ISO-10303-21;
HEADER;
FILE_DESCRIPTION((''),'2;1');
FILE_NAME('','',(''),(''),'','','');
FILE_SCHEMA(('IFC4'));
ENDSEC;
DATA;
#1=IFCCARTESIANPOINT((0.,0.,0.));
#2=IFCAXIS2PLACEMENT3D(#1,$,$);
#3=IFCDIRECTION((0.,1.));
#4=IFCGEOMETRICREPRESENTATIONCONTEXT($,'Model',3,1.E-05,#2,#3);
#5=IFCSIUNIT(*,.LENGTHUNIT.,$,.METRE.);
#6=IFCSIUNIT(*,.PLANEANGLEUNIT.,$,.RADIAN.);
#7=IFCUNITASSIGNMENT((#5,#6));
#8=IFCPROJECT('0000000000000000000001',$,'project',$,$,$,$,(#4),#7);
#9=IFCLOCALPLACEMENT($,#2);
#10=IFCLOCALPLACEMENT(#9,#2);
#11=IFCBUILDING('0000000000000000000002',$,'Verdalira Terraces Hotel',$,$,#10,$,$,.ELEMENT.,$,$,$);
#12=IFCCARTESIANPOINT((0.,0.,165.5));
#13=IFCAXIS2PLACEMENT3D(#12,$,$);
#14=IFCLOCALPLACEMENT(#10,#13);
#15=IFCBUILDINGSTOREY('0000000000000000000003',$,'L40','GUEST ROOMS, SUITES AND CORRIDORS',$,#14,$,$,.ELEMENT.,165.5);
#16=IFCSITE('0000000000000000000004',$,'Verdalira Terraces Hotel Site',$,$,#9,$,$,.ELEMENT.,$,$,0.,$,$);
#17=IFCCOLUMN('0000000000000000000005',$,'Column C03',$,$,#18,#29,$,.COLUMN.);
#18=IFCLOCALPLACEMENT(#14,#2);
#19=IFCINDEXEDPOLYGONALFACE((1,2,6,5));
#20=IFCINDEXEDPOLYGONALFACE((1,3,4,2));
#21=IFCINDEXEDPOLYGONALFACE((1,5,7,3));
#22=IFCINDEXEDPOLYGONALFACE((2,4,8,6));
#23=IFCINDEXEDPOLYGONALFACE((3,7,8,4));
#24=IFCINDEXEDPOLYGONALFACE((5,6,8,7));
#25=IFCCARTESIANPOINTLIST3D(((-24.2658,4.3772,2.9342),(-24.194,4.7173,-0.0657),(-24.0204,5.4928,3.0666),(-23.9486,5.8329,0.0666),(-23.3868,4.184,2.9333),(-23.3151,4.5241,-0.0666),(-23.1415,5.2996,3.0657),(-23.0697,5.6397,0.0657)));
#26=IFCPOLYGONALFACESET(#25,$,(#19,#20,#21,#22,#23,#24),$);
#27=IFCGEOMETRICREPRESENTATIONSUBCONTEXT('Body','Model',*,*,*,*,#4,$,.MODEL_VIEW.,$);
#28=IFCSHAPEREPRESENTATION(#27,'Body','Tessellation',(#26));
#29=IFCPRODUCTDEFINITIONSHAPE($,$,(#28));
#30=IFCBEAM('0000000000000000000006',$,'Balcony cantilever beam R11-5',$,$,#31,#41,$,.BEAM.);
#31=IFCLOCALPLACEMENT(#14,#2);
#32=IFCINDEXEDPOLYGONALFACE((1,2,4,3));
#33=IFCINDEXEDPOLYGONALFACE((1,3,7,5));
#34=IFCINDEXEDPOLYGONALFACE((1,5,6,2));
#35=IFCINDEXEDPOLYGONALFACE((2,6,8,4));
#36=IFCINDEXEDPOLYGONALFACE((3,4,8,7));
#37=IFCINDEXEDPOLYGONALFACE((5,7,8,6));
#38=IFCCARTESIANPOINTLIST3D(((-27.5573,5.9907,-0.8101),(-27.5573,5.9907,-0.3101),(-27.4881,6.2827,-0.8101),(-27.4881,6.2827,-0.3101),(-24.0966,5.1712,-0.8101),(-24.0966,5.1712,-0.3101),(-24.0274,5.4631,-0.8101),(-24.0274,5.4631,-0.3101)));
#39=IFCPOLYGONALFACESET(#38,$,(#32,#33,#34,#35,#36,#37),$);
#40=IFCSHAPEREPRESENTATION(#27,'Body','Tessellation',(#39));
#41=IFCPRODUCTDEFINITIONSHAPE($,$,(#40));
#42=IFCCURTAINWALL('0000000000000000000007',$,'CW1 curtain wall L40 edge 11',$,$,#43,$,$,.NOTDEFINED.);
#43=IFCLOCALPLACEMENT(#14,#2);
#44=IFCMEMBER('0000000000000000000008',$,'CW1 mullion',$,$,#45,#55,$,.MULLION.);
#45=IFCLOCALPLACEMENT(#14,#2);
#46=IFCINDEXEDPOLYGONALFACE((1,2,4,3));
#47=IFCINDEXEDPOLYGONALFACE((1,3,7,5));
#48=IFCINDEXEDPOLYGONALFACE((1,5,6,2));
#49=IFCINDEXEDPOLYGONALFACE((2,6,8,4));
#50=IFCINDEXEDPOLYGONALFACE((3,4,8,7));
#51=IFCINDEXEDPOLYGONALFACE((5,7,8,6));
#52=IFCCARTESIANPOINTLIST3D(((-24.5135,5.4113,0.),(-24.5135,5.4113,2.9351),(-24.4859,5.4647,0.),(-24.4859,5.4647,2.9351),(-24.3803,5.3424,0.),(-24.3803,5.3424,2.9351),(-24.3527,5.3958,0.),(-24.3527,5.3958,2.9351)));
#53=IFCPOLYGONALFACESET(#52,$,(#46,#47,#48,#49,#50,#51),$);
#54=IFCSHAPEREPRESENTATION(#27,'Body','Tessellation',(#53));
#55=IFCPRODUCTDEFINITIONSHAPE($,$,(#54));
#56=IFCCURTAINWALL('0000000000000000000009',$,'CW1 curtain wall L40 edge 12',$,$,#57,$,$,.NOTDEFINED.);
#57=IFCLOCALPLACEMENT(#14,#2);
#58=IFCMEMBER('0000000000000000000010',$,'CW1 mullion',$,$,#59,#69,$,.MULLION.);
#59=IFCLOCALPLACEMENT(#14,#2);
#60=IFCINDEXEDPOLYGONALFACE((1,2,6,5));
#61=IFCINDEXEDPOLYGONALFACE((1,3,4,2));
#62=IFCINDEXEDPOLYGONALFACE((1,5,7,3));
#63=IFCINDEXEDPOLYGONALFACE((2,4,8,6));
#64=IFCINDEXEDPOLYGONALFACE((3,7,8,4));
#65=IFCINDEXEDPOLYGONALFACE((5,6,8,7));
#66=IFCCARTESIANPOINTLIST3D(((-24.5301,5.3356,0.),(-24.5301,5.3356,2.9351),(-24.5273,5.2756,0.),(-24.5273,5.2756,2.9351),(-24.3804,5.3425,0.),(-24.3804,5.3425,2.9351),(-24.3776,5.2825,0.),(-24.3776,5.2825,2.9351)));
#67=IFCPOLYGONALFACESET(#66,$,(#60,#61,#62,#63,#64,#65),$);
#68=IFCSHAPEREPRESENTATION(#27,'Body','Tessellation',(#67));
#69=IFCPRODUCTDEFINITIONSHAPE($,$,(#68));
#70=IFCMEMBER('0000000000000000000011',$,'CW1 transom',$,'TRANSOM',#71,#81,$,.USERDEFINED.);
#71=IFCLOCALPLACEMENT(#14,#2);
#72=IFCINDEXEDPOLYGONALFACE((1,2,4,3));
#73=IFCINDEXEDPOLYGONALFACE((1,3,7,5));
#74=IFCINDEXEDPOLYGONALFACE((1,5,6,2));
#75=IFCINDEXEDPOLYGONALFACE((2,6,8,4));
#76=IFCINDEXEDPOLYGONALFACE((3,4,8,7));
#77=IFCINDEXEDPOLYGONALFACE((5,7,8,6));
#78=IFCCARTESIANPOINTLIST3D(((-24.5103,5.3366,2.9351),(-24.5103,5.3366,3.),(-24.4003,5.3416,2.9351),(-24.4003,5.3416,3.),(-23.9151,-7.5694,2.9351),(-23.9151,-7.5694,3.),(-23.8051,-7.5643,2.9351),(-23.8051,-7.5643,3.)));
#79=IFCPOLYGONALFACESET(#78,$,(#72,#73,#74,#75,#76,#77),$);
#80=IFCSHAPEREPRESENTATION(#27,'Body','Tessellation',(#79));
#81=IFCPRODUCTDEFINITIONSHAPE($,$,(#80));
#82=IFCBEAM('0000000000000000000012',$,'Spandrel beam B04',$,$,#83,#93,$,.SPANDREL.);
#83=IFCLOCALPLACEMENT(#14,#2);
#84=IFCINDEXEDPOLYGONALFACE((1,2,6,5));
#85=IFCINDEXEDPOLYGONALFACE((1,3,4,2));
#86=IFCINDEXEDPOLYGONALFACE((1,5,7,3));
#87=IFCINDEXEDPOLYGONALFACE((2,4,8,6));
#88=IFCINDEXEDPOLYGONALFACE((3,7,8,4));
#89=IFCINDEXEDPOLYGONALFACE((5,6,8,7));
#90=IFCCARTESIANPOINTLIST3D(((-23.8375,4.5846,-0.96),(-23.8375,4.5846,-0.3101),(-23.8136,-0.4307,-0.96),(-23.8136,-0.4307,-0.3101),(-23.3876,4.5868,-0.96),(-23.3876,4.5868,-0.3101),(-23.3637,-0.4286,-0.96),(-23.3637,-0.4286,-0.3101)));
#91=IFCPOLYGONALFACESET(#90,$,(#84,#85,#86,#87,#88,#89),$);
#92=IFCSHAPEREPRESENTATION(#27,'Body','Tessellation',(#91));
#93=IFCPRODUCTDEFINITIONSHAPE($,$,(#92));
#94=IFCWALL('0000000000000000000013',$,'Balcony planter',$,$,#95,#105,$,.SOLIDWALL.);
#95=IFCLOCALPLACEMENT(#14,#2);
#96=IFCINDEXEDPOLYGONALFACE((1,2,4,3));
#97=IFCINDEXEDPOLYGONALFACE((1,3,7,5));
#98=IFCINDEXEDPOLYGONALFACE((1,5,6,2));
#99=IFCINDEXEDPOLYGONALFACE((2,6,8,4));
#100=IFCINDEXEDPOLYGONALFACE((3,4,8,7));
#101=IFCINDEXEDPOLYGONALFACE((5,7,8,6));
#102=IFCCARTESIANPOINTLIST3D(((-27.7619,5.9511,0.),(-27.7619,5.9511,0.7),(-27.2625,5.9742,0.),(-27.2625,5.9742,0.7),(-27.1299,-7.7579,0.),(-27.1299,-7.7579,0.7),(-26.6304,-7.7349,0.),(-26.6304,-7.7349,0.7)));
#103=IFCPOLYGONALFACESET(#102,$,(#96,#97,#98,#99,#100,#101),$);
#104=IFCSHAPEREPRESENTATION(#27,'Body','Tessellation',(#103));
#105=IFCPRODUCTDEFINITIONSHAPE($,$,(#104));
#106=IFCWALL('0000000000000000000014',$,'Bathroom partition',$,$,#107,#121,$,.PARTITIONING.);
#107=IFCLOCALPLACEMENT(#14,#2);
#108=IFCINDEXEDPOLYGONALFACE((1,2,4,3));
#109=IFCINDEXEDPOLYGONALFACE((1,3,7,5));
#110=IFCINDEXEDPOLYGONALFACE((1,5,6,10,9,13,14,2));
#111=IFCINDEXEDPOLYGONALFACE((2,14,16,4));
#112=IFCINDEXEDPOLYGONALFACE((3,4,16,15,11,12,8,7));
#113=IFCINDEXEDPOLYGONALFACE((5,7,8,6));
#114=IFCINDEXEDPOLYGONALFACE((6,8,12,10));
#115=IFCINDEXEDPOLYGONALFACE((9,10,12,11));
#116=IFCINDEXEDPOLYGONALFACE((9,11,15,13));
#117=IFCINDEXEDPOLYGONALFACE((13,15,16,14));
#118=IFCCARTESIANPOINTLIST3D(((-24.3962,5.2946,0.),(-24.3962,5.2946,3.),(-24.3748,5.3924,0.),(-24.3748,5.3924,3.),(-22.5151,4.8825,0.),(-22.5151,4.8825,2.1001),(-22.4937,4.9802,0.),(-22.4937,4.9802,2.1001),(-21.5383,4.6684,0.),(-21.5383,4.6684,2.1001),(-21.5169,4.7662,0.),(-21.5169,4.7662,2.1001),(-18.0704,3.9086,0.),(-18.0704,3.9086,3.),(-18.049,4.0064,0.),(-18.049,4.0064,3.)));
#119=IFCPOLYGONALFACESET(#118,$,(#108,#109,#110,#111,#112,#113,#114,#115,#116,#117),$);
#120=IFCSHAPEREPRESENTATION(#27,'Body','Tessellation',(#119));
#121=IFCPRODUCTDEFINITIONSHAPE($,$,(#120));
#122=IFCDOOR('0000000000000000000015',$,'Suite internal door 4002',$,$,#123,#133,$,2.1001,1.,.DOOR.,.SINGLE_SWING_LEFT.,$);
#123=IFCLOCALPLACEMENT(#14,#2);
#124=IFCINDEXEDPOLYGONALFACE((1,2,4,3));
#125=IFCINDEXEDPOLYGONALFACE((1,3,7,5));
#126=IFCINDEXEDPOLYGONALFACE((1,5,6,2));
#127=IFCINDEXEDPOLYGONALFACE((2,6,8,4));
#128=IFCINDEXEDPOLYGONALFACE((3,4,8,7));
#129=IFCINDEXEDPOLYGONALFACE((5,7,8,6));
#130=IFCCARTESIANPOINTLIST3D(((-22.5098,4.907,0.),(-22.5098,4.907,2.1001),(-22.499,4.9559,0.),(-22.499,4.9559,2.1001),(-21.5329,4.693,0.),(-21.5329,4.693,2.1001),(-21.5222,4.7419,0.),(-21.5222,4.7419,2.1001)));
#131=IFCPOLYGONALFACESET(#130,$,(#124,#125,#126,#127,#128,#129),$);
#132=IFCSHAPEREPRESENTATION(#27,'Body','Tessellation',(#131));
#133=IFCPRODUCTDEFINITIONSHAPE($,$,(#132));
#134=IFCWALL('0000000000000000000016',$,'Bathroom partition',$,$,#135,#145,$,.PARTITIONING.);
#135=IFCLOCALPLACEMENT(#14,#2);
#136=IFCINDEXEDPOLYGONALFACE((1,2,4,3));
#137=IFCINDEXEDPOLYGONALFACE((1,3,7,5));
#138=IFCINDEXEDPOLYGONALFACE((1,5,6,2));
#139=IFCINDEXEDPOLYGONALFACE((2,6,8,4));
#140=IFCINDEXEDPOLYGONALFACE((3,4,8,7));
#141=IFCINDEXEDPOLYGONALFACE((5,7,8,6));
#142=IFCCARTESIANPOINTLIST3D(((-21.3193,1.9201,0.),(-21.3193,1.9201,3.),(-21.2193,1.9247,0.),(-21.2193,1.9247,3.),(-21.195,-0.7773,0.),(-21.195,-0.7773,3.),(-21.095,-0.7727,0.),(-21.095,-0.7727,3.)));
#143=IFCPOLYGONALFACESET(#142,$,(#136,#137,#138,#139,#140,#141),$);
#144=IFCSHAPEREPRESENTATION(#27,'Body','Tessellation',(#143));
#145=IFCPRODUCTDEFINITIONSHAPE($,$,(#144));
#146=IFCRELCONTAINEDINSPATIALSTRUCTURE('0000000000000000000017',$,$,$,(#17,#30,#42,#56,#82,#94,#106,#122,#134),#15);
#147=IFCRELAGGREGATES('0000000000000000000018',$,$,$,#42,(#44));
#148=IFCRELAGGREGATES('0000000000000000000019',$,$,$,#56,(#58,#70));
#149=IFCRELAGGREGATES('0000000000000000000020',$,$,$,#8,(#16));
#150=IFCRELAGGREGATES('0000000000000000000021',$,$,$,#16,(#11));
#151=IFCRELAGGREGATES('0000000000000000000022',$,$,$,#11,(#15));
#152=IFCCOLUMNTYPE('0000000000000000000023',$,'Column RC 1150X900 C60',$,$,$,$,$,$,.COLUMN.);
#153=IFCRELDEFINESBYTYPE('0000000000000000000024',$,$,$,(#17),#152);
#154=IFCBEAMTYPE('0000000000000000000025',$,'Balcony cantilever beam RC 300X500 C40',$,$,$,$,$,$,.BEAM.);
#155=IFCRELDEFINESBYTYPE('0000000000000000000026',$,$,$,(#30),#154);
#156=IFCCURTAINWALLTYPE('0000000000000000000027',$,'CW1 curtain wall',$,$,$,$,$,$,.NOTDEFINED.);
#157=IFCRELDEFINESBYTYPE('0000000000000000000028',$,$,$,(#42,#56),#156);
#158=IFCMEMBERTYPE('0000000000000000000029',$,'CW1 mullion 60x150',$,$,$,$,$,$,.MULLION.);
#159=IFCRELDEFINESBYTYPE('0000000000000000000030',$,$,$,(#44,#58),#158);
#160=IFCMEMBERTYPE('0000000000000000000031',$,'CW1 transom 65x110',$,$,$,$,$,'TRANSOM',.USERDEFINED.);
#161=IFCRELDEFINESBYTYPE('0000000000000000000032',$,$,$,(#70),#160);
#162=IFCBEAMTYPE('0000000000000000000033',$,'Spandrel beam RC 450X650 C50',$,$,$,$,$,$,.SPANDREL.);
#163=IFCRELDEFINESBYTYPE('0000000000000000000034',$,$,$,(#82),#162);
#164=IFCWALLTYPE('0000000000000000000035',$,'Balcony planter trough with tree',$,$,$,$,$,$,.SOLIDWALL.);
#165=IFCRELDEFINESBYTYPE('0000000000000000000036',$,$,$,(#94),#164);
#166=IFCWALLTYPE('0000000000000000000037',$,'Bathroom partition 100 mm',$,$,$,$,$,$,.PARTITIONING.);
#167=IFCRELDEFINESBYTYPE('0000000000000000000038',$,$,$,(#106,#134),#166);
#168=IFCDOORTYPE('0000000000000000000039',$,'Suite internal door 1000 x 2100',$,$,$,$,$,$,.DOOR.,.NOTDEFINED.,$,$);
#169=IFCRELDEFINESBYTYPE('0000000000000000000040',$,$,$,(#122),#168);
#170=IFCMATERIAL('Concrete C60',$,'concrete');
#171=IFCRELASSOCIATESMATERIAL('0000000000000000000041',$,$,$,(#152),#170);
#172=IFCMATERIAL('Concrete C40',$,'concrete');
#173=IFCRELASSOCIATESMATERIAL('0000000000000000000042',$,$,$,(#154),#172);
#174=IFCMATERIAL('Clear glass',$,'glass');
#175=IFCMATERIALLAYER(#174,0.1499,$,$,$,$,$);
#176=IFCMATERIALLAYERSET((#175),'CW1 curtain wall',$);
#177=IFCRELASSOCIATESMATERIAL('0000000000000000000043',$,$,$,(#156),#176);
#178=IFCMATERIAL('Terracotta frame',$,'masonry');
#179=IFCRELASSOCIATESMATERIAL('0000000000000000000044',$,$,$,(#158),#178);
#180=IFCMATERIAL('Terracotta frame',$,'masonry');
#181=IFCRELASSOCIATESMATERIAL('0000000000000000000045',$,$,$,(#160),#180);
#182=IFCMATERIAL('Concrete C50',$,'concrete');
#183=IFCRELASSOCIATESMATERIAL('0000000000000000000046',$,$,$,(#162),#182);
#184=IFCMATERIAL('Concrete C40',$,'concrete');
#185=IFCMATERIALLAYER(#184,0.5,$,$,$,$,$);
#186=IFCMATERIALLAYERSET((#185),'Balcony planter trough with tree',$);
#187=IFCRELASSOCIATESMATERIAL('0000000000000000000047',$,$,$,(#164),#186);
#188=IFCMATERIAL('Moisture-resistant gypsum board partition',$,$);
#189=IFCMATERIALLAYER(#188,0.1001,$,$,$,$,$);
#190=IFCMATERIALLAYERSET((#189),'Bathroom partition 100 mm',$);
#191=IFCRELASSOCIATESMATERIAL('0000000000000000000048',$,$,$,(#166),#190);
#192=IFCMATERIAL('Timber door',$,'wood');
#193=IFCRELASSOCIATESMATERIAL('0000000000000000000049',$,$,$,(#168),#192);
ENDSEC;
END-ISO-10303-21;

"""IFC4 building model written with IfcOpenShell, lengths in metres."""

from ifc_helpers import new_model, si_unit, direction, frame, frame_2d, origin, origin_2d, place, context, subcontext, project, spatial, rectangle, extrude, material, layer, layer_set, material_profile, profile_set, type_object, element, fill, aggregate, save


model = new_model("IFC4")

# Units and contexts
model_context = context("Model", 3, precision=1e-05, world=origin(), true_north=direction((0.0, 1.0)))
body_context = subcontext(model_context, "Body", "Model", "MODEL_VIEW")
ifc_project = project(units=[si_unit("LENGTHUNIT", "METRE"), si_unit("PLANEANGLEUNIT", "RADIAN")], contexts=[model_context])

# Site, building, storey
site_placement = place(None, origin())
site = spatial("IfcSite", under=ifc_project, at=site_placement, Name="Verdalira Terraces Hotel Site", CompositionType="ELEMENT", RefElevation=0.0)
building_placement = place(site_placement, origin())
building = spatial("IfcBuilding", under=site, at=building_placement, Name="Verdalira Terraces Hotel", CompositionType="ELEMENT")
storey_placement = place(building_placement, frame((0.0, 0.0, 165.5)))
storey = spatial("IfcBuildingStorey", under=building, at=storey_placement, Name="L40", Description="GUEST ROOMS, SUITES AND CORRIDORS", CompositionType="ELEMENT", Elevation=165.5)

# Column
ifc_material_1 = material(Name="Concrete C60", Category="concrete")
ifc_material_profile_1 = material_profile(ifc_material_1, rectangle(XDim=1.1499, YDim=0.8999, at=origin_2d()), Name="RC 1150X900")
ifc_profile_set_1 = profile_set([ifc_material_profile_1], Name="Concrete C60")
column_type = type_object("IfcColumnType", Name="Column RC 1150X900 C60", PredefinedType="COLUMN", material=ifc_profile_set_1)
column_placement = place(storey_placement, frame((-23.6318, 5.1785, 0.0), z_axis=(-0.023767, -0.112609, 0.993355), x_axis=(0.213378, 0.970168, 0.115086)))
element("IfcColumn", 1, at=column_placement, inside=storey, type_object=column_type, Name="Column C03", PredefinedType="COLUMN", context=body_context, shape_type="SweptSolid", body=[
    extrude(rectangle(XDim=1.1499, YDim=0.8999, at=origin_2d()), origin(), (0.0, 0.0, 1.0), 3.02),
])

# Beam
ifc_material_2 = material(Name="Concrete C40", Category="concrete")
ifc_material_profile_2 = material_profile(ifc_material_2, rectangle(XDim=0.3, YDim=0.5, at=origin_2d()), Name="RC 300X500")
ifc_profile_set_2 = profile_set([ifc_material_profile_2], Name="Concrete C40")
beam_type_1 = type_object("IfcBeamType", Name="Balcony cantilever beam RC 300X500 C40", PredefinedType="BEAM", material=ifc_profile_set_2)
beam_1_placement = place(storey_placement, frame((-24.062, 5.3171, -0.5601), z_axis=(-0.973084, 0.230451, 0.0), x_axis=(-0.230451, -0.973084, 0.0)))
element("IfcBeam", 2, at=beam_1_placement, inside=storey, type_object=beam_type_1, Name="Balcony cantilever beam R11-5", PredefinedType="BEAM", context=body_context, shape_type="SweptSolid", body=[
    extrude(rectangle(XDim=0.3, YDim=0.5, at=origin_2d()), origin(), (0.0, 0.0, 1.0), 3.5564),
])

# Curtain wall, member
ifc_material_3 = material(Name="Clear glass", Category="glass")
ifc_layer_1 = layer(ifc_material_3, 0.1499)
ifc_layer_set_1 = layer_set([ifc_layer_1], Name="CW1 curtain wall")
curtain_wall_type = type_object("IfcCurtainWallType", Name="CW1 curtain wall", PredefinedType="NOTDEFINED", material=ifc_layer_set_1)
curtain_wall_1_placement = place(storey_placement, origin())
curtain_wall_1 = element("IfcCurtainWall", 3, at=curtain_wall_1_placement, inside=storey, type_object=curtain_wall_type, Name="CW1 curtain wall L40 edge 11", PredefinedType="NOTDEFINED")
ifc_material_4 = material(Name="Terracotta frame", Category="masonry")
ifc_material_profile_3 = material_profile(ifc_material_4, rectangle(XDim=0.0601, YDim=0.1499, at=origin_2d()), Name="MU 60x150")
ifc_profile_set_3 = profile_set([ifc_material_profile_3], Name="Terracotta frame")
member_type_1 = type_object("IfcMemberType", Name="CW1 mullion 60x150", PredefinedType="MULLION", material=ifc_profile_set_3)
member_1_placement = place(storey_placement, frame((-24.4331, 5.4036, 0.0), z_axis=(0.0, 0.0, 1.0), x_axis=(-0.45958, -0.888136, 0.0)))
member_1 = element("IfcMember", 4, at=member_1_placement, type_object=member_type_1, Name="CW1 mullion", PredefinedType="MULLION", context=body_context, shape_type="SweptSolid", body=[
    extrude(rectangle(XDim=0.0601, YDim=0.1499, at=origin_2d()), origin(), (0.0, 0.0, 1.0), 2.9351),
])
aggregate(curtain_wall_1, [member_1])

# Curtain wall, members
curtain_wall_2_placement = place(storey_placement, origin())
curtain_wall_2 = element("IfcCurtainWall", 5, at=curtain_wall_2_placement, inside=storey, type_object=curtain_wall_type, Name="CW1 curtain wall L40 edge 12", PredefinedType="NOTDEFINED")
member_2_placement = place(storey_placement, frame((-24.4539, 5.3091, 0.0), z_axis=(0.0, 0.0, 1.0), x_axis=(0.04606, -0.998939, 0.0)))
member_2 = element("IfcMember", 6, at=member_2_placement, type_object=member_type_1, Name="CW1 mullion", PredefinedType="MULLION", context=body_context, shape_type="SweptSolid", body=[
    extrude(rectangle(XDim=0.0601, YDim=0.1499, at=origin_2d()), origin(), (0.0, 0.0, 1.0), 2.9351),
])
ifc_material_5 = material(Name="Terracotta frame", Category="masonry")
ifc_material_profile_4 = material_profile(ifc_material_5, rectangle(XDim=0.1101, YDim=0.0649, at=origin_2d()), Name="TR 65x110")
ifc_profile_set_4 = profile_set([ifc_material_profile_4], Name="Terracotta frame")
member_type_2 = type_object("IfcMemberType", Name="CW1 transom 65x110", ElementType="TRANSOM", PredefinedType="USERDEFINED", material=ifc_profile_set_4)
member_3_placement = place(storey_placement, frame((-24.4553, 5.3391, 2.9675), z_axis=(0.04607, -0.998938, 0.0), x_axis=(0.998938, 0.04607, 0.0)))
member_3 = element("IfcMember", 7, at=member_3_placement, type_object=member_type_2, Name="CW1 transom", ObjectType="TRANSOM", PredefinedType="USERDEFINED", context=body_context, shape_type="SweptSolid", body=[
    extrude(rectangle(XDim=0.1101, YDim=0.0649, at=origin_2d()), origin(), (0.0, 0.0, 1.0), 12.9197),
])
aggregate(curtain_wall_2, [member_2, member_3])

# Beam
ifc_material_6 = material(Name="Concrete C50", Category="concrete")
ifc_material_profile_5 = material_profile(ifc_material_6, rectangle(XDim=0.45, YDim=0.6499, at=origin_2d()), Name="RC 450X650")
ifc_profile_set_5 = profile_set([ifc_material_profile_5], Name="Concrete C50")
beam_type_2 = type_object("IfcBeamType", Name="Spandrel beam RC 450X650 C50", PredefinedType="SPANDREL", material=ifc_profile_set_5)
beam_2_placement = place(storey_placement, frame((-23.6125, 4.5857, -0.635), z_axis=(0.00477, -0.999989, 0.0), x_axis=(0.999989, 0.00477, 0.0)))
element("IfcBeam", 8, at=beam_2_placement, inside=storey, type_object=beam_type_2, Name="Spandrel beam B04", PredefinedType="SPANDREL", context=body_context, shape_type="SweptSolid", body=[
    extrude(rectangle(XDim=0.45, YDim=0.6499, at=origin_2d()), origin(), (0.0, 0.0, 1.0), 5.0154),
])

# Wall
ifc_material_7 = material(Name="Concrete C40", Category="concrete")
ifc_layer_2 = layer(ifc_material_7, 0.5)
ifc_layer_set_2 = layer_set([ifc_layer_2], Name="Balcony planter trough with tree")
wall_type_1 = type_object("IfcWallType", Name="Balcony planter trough with tree", PredefinedType="SOLIDWALL", material=ifc_layer_set_2)
wall_1_placement = place(storey_placement, frame((-27.5122, 5.9626, 0.0), z_axis=(0.0, 0.0, 1.0), x_axis=(0.046058, -0.998939, 0.0)))
element("IfcWall", 9, at=wall_1_placement, inside=storey, type_object=wall_type_1, Name="Balcony planter", PredefinedType="SOLIDWALL", context=body_context, shape_type="SweptSolid", body=[
    extrude(rectangle(XDim=13.7236, YDim=0.5, at=frame_2d((6.8618, 0.0))), origin(), (0.0, 0.0, 1.0), 0.7),
])

# Wall, opening, door
ifc_material_8 = material(Name="Moisture-resistant gypsum board partition")
ifc_layer_3 = layer(ifc_material_8, 0.1001)
ifc_layer_set_3 = layer_set([ifc_layer_3], Name="Bathroom partition 100 mm")
wall_type_2 = type_object("IfcWallType", Name="Bathroom partition 100 mm", PredefinedType="PARTITIONING", material=ifc_layer_set_3)
wall_2_placement = place(storey_placement, frame((-18.0598, 3.9575, 0.0), z_axis=(0.0, 0.0, 1.0), x_axis=(-0.976828, 0.214027, 0.0)))
wall_2 = element("IfcWall", 10, at=wall_2_placement, inside=storey, type_object=wall_type_2, Name="Bathroom partition", PredefinedType="PARTITIONING", context=body_context, shape_type="SweptSolid", body=[
    extrude(rectangle(XDim=6.4758, YDim=0.1001, at=frame_2d((3.2378, 0.0))), origin(), (0.0, 0.0, 1.0), 3.0),
])
opening_1_placement = place(wall_2_placement, frame((3.55, 0.0, 0.0)))
opening_1 = element("IfcOpeningElement", 11, at=opening_1_placement, cuts=wall_2, PredefinedType="OPENING", context=body_context, shape_type="SweptSolid", body=[
    extrude(rectangle(XDim=1.0, YDim=2.1001, at=frame_2d((0.5, 1.05))), frame((0.0, 0.0601, 0.0), z_axis=(0.0, -1.0, 0.0), x_axis=(1.0, 0.0, 0.0)), (0.0, 0.0, 1.0), 0.1201),
])
ifc_material_9 = material(Name="Timber door", Category="wood")
door_type_1 = type_object("IfcDoorType", Name="Suite internal door 1000 x 2100", OperationType="NOTDEFINED", PredefinedType="DOOR", material=ifc_material_9)
door_1_placement = place(opening_1_placement, origin())
door_1 = element("IfcDoor", 12, at=door_1_placement, inside=storey, type_object=door_type_1, Name="Suite internal door 4002", OperationType="SINGLE_SWING_LEFT", OverallHeight=2.1001, OverallWidth=1.0, PredefinedType="DOOR", context=body_context, shape_type="SweptSolid", body=[
    extrude(rectangle(XDim=1.0, YDim=2.1001, at=frame_2d((0.5, 1.05))), frame((0.0, 0.0249, 0.0), z_axis=(0.0, -1.0, 0.0), x_axis=(1.0, 0.0, 0.0)), (0.0, 0.0, 1.0), 0.05),
])
fill(opening_1, door_1)

# Wall
wall_3_placement = place(storey_placement, frame((-21.2693, 1.9224, 0.0), z_axis=(0.0, 0.0, 1.0), x_axis=(0.046023, -0.99894, 0.0)))
element("IfcWall", 13, at=wall_3_placement, inside=storey, type_object=wall_type_2, Name="Bathroom partition", PredefinedType="PARTITIONING", context=body_context, shape_type="SweptSolid", body=[
    extrude(rectangle(XDim=2.7002, YDim=0.1001, at=frame_2d((1.3501, 0.0))), origin(), (0.0, 0.0, 1.0), 3.0),
])

save(model, "model.ifc")
